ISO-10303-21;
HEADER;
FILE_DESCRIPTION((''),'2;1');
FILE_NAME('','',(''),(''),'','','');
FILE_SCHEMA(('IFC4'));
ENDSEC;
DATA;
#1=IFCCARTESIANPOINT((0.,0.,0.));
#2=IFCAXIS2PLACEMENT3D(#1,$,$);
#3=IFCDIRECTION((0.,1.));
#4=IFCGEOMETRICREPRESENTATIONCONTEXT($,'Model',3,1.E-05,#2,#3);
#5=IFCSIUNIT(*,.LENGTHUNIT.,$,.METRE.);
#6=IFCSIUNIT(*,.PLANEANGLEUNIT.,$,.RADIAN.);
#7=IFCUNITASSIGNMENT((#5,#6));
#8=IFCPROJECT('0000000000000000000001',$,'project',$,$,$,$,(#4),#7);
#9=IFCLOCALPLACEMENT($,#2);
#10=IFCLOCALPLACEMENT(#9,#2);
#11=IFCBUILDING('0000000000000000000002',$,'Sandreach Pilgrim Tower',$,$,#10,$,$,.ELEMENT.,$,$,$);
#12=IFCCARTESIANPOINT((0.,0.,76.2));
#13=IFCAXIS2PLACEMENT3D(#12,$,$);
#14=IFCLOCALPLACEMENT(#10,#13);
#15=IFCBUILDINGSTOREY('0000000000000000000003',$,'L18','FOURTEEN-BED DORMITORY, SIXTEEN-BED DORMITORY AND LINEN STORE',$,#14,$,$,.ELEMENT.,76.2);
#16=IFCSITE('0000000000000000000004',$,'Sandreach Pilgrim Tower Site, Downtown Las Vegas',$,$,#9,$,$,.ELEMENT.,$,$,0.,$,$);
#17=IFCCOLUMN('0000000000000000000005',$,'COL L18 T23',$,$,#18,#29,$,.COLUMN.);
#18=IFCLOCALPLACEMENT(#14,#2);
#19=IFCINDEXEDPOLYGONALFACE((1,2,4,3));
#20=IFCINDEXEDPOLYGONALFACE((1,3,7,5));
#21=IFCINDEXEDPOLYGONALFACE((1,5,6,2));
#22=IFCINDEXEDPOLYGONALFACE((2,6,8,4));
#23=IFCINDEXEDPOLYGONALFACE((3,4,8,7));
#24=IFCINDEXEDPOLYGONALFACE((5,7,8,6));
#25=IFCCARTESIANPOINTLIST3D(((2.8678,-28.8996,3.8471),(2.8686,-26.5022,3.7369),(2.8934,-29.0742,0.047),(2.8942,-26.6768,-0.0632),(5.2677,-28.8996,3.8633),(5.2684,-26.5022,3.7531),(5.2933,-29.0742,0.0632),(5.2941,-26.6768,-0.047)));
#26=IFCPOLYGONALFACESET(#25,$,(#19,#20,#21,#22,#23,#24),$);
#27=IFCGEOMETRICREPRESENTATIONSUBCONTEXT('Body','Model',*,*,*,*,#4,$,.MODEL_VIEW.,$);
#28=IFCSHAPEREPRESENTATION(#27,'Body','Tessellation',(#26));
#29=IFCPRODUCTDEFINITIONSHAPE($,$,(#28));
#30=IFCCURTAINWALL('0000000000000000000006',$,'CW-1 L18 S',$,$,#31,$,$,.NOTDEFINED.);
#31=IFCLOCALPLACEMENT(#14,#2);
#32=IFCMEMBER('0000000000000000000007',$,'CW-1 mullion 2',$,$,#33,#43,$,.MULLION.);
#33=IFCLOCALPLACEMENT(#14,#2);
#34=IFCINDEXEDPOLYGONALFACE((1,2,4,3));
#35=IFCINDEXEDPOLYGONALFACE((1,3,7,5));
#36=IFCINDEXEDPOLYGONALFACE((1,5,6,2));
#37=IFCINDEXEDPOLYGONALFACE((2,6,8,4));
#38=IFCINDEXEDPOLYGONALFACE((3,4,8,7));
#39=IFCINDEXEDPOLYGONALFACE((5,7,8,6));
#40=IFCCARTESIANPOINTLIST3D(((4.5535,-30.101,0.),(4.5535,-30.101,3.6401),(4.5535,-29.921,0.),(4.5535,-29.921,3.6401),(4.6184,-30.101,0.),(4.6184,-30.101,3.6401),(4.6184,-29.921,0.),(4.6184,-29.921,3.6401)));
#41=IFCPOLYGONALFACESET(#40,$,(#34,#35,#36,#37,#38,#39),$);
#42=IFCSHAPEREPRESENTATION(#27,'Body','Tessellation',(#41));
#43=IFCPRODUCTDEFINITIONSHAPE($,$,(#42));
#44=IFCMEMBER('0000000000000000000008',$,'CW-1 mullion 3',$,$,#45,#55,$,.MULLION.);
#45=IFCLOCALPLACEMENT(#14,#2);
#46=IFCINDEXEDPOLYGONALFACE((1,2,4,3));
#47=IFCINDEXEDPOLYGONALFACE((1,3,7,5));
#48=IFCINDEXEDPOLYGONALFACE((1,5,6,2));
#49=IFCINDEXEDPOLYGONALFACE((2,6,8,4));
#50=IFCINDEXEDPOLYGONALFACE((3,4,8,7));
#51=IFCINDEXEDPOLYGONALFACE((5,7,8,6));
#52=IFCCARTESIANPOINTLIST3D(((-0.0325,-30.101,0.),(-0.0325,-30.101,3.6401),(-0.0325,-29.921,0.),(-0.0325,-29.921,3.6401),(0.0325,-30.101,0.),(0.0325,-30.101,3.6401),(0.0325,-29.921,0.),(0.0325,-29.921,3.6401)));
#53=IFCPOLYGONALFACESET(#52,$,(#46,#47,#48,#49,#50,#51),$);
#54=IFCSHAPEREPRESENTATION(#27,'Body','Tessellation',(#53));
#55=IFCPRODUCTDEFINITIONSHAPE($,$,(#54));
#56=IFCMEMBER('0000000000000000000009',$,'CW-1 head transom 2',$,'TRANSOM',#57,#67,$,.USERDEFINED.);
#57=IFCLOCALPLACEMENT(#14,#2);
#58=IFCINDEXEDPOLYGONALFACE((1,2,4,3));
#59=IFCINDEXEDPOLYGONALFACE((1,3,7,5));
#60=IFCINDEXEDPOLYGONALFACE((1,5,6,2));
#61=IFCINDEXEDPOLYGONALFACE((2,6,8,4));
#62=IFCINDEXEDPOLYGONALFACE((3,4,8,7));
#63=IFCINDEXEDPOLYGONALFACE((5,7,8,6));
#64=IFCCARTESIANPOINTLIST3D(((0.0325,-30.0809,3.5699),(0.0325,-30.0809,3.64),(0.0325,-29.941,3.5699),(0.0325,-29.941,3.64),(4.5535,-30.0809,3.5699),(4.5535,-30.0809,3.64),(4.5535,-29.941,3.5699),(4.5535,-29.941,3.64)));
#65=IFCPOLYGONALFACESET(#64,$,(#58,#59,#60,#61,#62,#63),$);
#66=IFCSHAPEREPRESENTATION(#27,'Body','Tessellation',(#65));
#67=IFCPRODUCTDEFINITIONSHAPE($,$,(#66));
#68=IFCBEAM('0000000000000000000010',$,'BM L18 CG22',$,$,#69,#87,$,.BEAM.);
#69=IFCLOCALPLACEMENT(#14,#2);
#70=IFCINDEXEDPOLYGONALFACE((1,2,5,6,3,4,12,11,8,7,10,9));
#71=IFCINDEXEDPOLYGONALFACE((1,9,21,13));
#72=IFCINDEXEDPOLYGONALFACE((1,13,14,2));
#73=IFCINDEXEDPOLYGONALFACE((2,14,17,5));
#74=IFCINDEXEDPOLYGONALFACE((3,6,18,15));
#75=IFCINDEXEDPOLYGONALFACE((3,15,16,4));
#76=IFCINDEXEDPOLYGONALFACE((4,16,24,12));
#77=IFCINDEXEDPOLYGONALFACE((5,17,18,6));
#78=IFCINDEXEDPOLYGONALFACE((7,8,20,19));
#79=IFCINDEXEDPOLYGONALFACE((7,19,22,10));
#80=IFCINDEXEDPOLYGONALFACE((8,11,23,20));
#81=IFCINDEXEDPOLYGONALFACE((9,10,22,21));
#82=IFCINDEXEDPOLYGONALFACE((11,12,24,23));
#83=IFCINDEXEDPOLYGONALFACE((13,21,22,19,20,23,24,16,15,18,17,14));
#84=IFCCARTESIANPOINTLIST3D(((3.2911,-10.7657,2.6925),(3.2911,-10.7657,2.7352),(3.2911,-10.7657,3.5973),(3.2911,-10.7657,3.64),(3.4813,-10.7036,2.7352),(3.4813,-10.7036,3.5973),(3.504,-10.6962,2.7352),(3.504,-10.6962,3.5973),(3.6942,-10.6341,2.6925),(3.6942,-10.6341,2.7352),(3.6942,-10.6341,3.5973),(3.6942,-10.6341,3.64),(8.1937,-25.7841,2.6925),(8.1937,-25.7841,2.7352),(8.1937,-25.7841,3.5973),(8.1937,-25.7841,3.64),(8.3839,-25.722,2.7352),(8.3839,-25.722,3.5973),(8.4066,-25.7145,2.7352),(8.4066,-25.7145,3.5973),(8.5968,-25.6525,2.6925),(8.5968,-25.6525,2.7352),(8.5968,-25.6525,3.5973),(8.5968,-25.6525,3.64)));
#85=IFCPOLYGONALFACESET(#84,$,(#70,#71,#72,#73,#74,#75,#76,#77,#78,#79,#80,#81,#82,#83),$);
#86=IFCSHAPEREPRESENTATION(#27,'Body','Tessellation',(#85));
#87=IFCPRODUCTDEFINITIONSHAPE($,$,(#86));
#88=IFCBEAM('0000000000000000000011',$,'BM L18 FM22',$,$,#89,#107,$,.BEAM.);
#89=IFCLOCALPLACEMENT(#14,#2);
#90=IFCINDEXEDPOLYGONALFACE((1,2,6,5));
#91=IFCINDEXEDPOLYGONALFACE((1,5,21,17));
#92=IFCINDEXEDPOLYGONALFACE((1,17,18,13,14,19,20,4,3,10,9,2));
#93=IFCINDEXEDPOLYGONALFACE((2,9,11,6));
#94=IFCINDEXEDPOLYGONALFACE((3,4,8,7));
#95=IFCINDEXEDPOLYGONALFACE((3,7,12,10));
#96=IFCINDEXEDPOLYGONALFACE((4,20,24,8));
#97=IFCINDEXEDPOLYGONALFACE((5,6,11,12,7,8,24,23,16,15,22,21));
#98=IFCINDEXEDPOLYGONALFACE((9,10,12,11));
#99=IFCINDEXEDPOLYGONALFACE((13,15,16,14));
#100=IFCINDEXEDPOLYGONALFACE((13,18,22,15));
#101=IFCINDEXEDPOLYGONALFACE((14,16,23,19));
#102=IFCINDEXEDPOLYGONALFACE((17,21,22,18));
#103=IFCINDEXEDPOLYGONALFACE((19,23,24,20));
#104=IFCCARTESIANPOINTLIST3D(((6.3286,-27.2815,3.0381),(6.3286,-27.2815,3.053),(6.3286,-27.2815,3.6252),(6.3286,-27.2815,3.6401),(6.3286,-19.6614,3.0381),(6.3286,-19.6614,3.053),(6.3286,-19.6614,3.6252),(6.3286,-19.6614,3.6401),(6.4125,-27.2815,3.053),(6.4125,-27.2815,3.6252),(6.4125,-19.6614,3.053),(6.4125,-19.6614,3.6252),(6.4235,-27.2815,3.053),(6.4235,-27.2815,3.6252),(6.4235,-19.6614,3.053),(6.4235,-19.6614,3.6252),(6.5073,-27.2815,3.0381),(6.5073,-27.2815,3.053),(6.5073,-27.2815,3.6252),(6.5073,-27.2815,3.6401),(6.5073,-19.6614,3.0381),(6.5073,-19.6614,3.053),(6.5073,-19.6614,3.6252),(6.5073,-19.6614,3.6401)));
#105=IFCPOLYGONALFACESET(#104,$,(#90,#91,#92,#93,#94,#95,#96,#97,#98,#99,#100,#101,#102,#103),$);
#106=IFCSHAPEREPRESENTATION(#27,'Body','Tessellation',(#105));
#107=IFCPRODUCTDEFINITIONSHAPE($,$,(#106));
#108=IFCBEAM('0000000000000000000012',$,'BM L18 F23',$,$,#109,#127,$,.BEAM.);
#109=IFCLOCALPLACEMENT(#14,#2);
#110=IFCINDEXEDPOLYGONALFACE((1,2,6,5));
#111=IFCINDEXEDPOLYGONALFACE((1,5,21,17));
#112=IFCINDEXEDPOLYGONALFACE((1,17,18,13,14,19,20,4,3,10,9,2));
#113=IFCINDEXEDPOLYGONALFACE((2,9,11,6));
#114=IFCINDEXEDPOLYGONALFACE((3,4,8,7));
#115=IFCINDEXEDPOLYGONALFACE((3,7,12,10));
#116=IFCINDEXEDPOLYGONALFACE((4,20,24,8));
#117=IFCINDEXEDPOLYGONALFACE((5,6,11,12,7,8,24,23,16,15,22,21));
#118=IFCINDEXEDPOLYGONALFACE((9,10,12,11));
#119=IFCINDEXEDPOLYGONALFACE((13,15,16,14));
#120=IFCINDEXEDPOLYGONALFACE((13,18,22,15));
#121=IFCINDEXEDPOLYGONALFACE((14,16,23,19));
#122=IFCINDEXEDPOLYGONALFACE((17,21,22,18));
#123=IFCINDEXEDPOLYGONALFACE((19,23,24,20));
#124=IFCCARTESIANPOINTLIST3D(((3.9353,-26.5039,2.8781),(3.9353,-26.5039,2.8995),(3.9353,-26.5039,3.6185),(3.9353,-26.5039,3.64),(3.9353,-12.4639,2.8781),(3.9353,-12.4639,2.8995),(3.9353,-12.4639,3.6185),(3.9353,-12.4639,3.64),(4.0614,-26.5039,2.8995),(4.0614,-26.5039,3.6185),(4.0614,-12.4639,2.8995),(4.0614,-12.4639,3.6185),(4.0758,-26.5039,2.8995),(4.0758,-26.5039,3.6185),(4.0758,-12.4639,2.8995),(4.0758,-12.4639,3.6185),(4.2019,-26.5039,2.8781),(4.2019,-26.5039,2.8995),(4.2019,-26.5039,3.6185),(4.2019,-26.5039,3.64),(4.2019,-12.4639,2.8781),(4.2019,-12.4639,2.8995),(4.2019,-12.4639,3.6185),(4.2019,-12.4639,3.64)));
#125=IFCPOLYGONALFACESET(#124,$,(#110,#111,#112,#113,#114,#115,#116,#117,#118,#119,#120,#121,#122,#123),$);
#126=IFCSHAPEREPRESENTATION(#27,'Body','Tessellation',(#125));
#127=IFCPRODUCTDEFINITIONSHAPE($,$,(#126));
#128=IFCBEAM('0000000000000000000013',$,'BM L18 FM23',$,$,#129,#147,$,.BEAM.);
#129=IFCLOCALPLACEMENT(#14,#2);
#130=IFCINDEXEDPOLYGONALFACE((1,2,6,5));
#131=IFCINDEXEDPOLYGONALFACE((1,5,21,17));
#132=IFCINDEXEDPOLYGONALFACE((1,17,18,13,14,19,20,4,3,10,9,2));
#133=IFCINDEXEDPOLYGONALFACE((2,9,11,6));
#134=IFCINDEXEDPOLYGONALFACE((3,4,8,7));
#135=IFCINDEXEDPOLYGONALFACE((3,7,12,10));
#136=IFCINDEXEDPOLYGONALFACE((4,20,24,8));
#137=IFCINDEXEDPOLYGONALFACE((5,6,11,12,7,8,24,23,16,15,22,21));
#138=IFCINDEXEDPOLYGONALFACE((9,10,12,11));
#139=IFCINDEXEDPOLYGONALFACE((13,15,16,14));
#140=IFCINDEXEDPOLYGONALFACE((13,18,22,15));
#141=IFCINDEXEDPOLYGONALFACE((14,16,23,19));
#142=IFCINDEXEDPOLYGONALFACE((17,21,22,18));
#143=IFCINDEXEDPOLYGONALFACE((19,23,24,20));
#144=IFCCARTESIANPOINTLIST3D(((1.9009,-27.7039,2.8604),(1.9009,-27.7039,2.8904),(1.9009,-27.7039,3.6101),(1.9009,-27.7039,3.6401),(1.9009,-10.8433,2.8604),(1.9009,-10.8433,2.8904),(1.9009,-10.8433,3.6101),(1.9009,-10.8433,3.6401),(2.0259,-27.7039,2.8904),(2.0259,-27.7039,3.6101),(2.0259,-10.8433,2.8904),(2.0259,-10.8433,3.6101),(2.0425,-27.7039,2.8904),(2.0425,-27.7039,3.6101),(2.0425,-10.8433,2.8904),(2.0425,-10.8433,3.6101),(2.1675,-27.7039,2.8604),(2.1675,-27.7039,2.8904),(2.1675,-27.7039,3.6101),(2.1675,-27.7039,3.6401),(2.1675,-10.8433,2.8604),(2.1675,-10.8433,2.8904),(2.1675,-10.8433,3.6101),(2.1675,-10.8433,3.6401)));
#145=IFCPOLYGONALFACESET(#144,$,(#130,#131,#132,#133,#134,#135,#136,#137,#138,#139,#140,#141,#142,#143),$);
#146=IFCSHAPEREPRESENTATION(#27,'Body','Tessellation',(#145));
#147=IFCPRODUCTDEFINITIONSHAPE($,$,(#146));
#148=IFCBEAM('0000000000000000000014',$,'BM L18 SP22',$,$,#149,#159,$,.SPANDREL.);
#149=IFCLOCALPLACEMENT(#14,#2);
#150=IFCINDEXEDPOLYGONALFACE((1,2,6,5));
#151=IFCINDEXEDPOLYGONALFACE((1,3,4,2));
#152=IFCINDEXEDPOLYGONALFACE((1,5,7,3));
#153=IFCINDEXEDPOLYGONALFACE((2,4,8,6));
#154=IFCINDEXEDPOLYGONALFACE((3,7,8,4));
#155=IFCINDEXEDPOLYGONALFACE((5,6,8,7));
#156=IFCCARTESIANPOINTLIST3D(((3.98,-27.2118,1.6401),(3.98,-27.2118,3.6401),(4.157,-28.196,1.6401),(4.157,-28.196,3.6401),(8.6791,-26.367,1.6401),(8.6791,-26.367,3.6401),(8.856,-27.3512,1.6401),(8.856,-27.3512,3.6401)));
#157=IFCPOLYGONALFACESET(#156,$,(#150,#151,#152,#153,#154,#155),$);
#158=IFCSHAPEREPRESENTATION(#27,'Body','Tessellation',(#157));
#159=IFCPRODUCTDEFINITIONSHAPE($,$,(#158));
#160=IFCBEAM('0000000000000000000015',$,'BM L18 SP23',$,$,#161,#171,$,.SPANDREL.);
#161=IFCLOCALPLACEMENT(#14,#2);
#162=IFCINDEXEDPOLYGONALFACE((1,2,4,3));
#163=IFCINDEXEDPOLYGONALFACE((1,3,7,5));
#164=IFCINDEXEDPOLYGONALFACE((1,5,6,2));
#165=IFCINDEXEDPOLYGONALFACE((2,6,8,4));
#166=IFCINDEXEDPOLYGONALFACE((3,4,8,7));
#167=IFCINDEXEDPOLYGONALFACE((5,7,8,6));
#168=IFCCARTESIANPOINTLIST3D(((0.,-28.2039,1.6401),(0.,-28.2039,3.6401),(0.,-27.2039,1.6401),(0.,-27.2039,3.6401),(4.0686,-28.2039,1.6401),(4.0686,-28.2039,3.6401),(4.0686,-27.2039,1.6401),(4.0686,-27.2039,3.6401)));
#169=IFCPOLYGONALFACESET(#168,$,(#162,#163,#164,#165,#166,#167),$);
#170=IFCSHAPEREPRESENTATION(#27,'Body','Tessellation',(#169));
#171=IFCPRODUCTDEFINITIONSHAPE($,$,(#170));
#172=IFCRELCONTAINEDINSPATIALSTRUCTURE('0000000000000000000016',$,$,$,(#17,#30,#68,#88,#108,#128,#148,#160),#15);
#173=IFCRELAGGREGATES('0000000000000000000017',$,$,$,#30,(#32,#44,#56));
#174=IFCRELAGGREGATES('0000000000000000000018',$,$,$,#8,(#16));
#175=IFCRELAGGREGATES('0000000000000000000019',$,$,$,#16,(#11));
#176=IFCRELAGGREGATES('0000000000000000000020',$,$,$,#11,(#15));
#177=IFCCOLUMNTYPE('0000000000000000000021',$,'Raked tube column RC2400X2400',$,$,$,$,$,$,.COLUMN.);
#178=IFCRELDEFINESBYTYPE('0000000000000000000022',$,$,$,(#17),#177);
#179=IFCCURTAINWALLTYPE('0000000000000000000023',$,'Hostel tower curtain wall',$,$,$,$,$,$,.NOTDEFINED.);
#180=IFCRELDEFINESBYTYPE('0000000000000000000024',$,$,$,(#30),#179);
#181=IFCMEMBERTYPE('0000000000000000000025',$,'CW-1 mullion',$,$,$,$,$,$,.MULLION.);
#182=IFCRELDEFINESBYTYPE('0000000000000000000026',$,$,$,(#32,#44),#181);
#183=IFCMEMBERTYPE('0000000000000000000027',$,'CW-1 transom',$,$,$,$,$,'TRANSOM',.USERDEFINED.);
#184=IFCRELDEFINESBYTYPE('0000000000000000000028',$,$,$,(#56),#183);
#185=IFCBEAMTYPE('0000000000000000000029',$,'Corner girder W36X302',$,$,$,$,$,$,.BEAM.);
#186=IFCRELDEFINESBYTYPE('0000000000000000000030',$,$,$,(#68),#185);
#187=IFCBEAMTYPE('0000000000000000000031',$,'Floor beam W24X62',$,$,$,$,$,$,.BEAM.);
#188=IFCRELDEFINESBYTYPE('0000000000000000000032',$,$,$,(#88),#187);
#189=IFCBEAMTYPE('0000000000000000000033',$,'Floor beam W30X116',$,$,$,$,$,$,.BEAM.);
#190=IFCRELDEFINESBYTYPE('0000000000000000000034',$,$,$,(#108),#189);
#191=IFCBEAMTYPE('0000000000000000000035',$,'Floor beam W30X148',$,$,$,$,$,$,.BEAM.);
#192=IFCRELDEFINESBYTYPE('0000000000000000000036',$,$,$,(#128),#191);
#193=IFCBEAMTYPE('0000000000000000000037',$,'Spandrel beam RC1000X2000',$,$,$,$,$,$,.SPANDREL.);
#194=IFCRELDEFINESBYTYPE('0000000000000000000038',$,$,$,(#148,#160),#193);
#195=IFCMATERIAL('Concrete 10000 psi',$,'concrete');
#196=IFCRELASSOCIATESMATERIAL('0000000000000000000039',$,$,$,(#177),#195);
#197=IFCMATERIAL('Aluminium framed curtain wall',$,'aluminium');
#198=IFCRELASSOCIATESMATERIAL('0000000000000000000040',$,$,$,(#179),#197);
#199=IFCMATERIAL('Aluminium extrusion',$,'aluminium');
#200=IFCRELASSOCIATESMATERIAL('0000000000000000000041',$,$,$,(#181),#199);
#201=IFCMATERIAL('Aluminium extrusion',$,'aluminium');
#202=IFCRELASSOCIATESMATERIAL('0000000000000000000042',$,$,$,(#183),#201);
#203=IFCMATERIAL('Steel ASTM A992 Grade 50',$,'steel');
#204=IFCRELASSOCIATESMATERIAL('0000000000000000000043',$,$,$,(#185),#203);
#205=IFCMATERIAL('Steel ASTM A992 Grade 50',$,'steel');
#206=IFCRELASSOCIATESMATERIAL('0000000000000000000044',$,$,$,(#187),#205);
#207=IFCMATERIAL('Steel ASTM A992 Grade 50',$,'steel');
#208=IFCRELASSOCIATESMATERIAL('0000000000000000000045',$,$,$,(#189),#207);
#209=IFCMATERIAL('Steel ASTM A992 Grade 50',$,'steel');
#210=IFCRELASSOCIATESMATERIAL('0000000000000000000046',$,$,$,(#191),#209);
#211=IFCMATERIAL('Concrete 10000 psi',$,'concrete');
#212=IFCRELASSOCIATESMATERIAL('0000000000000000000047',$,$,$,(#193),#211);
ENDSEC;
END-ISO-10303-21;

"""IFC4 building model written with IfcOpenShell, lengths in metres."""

from ifc_helpers import new_model, si_unit, direction, frame, origin, origin_2d, place, context, subcontext, project, spatial, rectangle, i_section, extrude, material, material_profile, profile_set, type_object, element, aggregate, save


model = new_model("IFC4")

# Units and contexts
model_context = context("Model", 3, precision=1e-05, world=origin(), true_north=direction((0.0, 1.0)))
body_context = subcontext(model_context, "Body", "Model", "MODEL_VIEW")
ifc_project = project(units=[si_unit("LENGTHUNIT", "METRE"), si_unit("PLANEANGLEUNIT", "RADIAN")], contexts=[model_context])

# Site, building, storey
site_placement = place(None, origin())
site = spatial("IfcSite", under=ifc_project, at=site_placement, Name="Sandreach Pilgrim Tower Site, Downtown Las Vegas", CompositionType="ELEMENT", RefElevation=0.0)
building_placement = place(site_placement, origin())
building = spatial("IfcBuilding", under=site, at=building_placement, Name="Sandreach Pilgrim Tower", CompositionType="ELEMENT")
storey_placement = place(building_placement, frame((0.0, 0.0, 76.2)))
storey = spatial("IfcBuildingStorey", under=building, at=storey_placement, Name="L18", Description="FOURTEEN-BED DORMITORY, SIXTEEN-BED DORMITORY AND LINEN STORE", CompositionType="ELEMENT", Elevation=76.2)

# Column
ifc_material_1 = material(Name="Concrete 10000 psi", Category="concrete")
ifc_material_profile_1 = material_profile(ifc_material_1, rectangle(XDim=2.3999, YDim=2.3999, at=origin_2d()), Name="RC2400X2400")
ifc_profile_set_1 = profile_set([ifc_material_profile_1], Name="Concrete 10000 psi")
column_type = type_object("IfcColumnType", Name="Raked tube column RC2400X2400", PredefinedType="COLUMN", material=ifc_profile_set_1)
column_placement = place(storey_placement, frame((4.0938, -27.8755, 0.0), z_axis=(-0.006739, 0.045887, 0.998924), x_axis=(-0.000315, -0.998947, 0.045886)))
element("IfcColumn", 1, at=column_placement, inside=storey, type_object=column_type, Name="COL L18 T23", PredefinedType="COLUMN", context=body_context, shape_type="SweptSolid", body=[
    extrude(rectangle(XDim=2.3999, YDim=2.3999, at=origin_2d()), origin(), (0.0, 0.0, 1.0), 3.8042),
])

# Curtain wall, members
ifc_material_2 = material(Name="Aluminium framed curtain wall", Category="aluminium")
curtain_wall_type = type_object("IfcCurtainWallType", Name="Hostel tower curtain wall", PredefinedType="NOTDEFINED", material=ifc_material_2)
curtain_wall_placement = place(storey_placement, origin())
curtain_wall = element("IfcCurtainWall", 2, at=curtain_wall_placement, inside=storey, type_object=curtain_wall_type, Name="CW-1 L18 S", PredefinedType="NOTDEFINED")
ifc_material_3 = material(Name="Aluminium extrusion", Category="aluminium")
ifc_material_profile_2 = material_profile(ifc_material_3, rectangle(XDim=0.0649, YDim=0.1799, at=origin_2d()), Name="CW-1M 65X180")
ifc_profile_set_2 = profile_set([ifc_material_profile_2], Name="Aluminium extrusion")
member_type_1 = type_object("IfcMemberType", Name="CW-1 mullion", PredefinedType="MULLION", material=ifc_profile_set_2)
member_1_placement = place(storey_placement, frame((4.5859, -30.011, 0.0), z_axis=(0.0, 0.0, 1.0), x_axis=(-1.0, 0.0, 0.0)))
member_1 = element("IfcMember", 3, at=member_1_placement, type_object=member_type_1, Name="CW-1 mullion 2", PredefinedType="MULLION", context=body_context, shape_type="SweptSolid", body=[
    extrude(rectangle(XDim=0.0649, YDim=0.1799, at=origin_2d()), origin(), (0.0, 0.0, 1.0), 3.6401),
])
member_2_placement = place(storey_placement, frame((0.0, -30.011, 0.0), z_axis=(0.0, 0.0, 1.0), x_axis=(-1.0, 0.0, 0.0)))
member_2 = element("IfcMember", 4, at=member_2_placement, type_object=member_type_1, Name="CW-1 mullion 3", PredefinedType="MULLION", context=body_context, shape_type="SweptSolid", body=[
    extrude(rectangle(XDim=0.0649, YDim=0.1799, at=origin_2d()), origin(), (0.0, 0.0, 1.0), 3.6401),
])
ifc_material_4 = material(Name="Aluminium extrusion", Category="aluminium")
ifc_material_profile_3 = material_profile(ifc_material_4, rectangle(XDim=0.1399, YDim=0.0701, at=origin_2d()), Name="CW-1T 140X70")
ifc_profile_set_3 = profile_set([ifc_material_profile_3], Name="Aluminium extrusion")
member_type_2 = type_object("IfcMemberType", Name="CW-1 transom", ElementType="TRANSOM", PredefinedType="USERDEFINED", material=ifc_profile_set_3)
member_3_placement = place(storey_placement, frame((4.5535, -30.011, 3.605), z_axis=(-1.0, 0.0, 0.0), x_axis=(0.0, -1.0, 0.0)))
member_3 = element("IfcMember", 5, at=member_3_placement, type_object=member_type_2, Name="CW-1 head transom 2", ObjectType="TRANSOM", PredefinedType="USERDEFINED", context=body_context, shape_type="SweptSolid", body=[
    extrude(rectangle(XDim=0.1399, YDim=0.0701, at=origin_2d()), origin(), (0.0, 0.0, 1.0), 4.521),
])

# Beams
ifc_material_5 = material(Name="Steel ASTM A992 Grade 50", Category="steel")
ifc_material_profile_4 = material_profile(ifc_material_5, i_section(OverallWidth=0.4241, OverallDepth=0.9475, WebThickness=0.0239, FlangeThickness=0.0427, at=origin_2d()), Name="W36X302")
ifc_profile_set_4 = profile_set([ifc_material_profile_4], Name="Steel ASTM A992 Grade 50")
beam_type_1 = type_object("IfcBeamType", Name="Corner girder W36X302", PredefinedType="BEAM", material=ifc_profile_set_4)
beam_1_placement = place(storey_placement, frame((8.3953, -25.7183, 3.1663), z_axis=(-0.310325, 0.950631, 0.0), x_axis=(-0.950631, -0.310325, 0.0)))
element("IfcBeam", 6, at=beam_1_placement, inside=storey, type_object=beam_type_1, Name="BM L18 CG22", PredefinedType="BEAM", context=body_context, shape_type="SweptSolid", body=[
    extrude(i_section(OverallWidth=0.4241, OverallDepth=0.9475, WebThickness=0.0239, FlangeThickness=0.0427, at=origin_2d()), origin(), (0.0, 0.0, 1.0), 15.7983),
])
ifc_material_6 = material(Name="Steel ASTM A992 Grade 50", Category="steel")
ifc_material_profile_5 = material_profile(ifc_material_6, i_section(OverallWidth=0.1787, OverallDepth=0.6021, WebThickness=0.011, FlangeThickness=0.0149, at=origin_2d()), Name="W24X62")
ifc_profile_set_5 = profile_set([ifc_material_profile_5], Name="Steel ASTM A992 Grade 50")
beam_type_2 = type_object("IfcBeamType", Name="Floor beam W24X62", PredefinedType="BEAM", material=ifc_profile_set_5)
beam_2_placement = place(storey_placement, frame((6.418, -27.2815, 3.3391), z_axis=(0.0, 1.0, 0.0), x_axis=(-1.0, 0.0, 0.0)))
element("IfcBeam", 7, at=beam_2_placement, inside=storey, type_object=beam_type_2, Name="BM L18 FM22", PredefinedType="BEAM", context=body_context, shape_type="SweptSolid", body=[
    extrude(i_section(OverallWidth=0.1787, OverallDepth=0.6021, WebThickness=0.011, FlangeThickness=0.0149, at=origin_2d()), origin(), (0.0, 0.0, 1.0), 7.6201),
])
ifc_material_7 = material(Name="Steel ASTM A992 Grade 50", Category="steel")
ifc_material_profile_6 = material_profile(ifc_material_7, i_section(OverallWidth=0.2666, OverallDepth=0.762, WebThickness=0.0144, FlangeThickness=0.0215, at=origin_2d()), Name="W30X116")
ifc_profile_set_6 = profile_set([ifc_material_profile_6], Name="Steel ASTM A992 Grade 50")
beam_type_3 = type_object("IfcBeamType", Name="Floor beam W30X116", PredefinedType="BEAM", material=ifc_profile_set_6)
beam_3_placement = place(storey_placement, frame((4.0686, -26.5039, 3.259), z_axis=(0.0, 1.0, 0.0), x_axis=(-1.0, 0.0, 0.0)))
element("IfcBeam", 8, at=beam_3_placement, inside=storey, type_object=beam_type_3, Name="BM L18 F23", PredefinedType="BEAM", context=body_context, shape_type="SweptSolid", body=[
    extrude(i_section(OverallWidth=0.2666, OverallDepth=0.762, WebThickness=0.0144, FlangeThickness=0.0215, at=origin_2d()), origin(), (0.0, 0.0, 1.0), 14.04),
])
ifc_material_8 = material(Name="Steel ASTM A992 Grade 50", Category="steel")
ifc_material_profile_7 = material_profile(ifc_material_8, i_section(OverallWidth=0.2666, OverallDepth=0.7798, WebThickness=0.0166, FlangeThickness=0.03, at=origin_2d()), Name="W30X148")
ifc_profile_set_7 = profile_set([ifc_material_profile_7], Name="Steel ASTM A992 Grade 50")
beam_type_4 = type_object("IfcBeamType", Name="Floor beam W30X148", PredefinedType="BEAM", material=ifc_profile_set_7)
beam_4_placement = place(storey_placement, frame((2.0342, -27.7039, 3.2502), z_axis=(0.0, 1.0, 0.0), x_axis=(-1.0, 0.0, 0.0)))
element("IfcBeam", 9, at=beam_4_placement, inside=storey, type_object=beam_type_4, Name="BM L18 FM23", PredefinedType="BEAM", context=body_context, shape_type="SweptSolid", body=[
    extrude(i_section(OverallWidth=0.2666, OverallDepth=0.7798, WebThickness=0.0166, FlangeThickness=0.03, at=origin_2d()), origin(), (0.0, 0.0, 1.0), 16.8606),
])
ifc_material_9 = material(Name="Concrete 10000 psi", Category="concrete")
ifc_material_profile_8 = material_profile(ifc_material_9, rectangle(XDim=1.0, YDim=2.0, at=origin_2d()), Name="RC1000X2000")
ifc_profile_set_8 = profile_set([ifc_material_profile_8], Name="Concrete 10000 psi")
beam_type_5 = type_object("IfcBeamType", Name="Spandrel beam RC1000X2000", PredefinedType="SPANDREL", material=ifc_profile_set_8)
beam_5_placement = place(storey_placement, frame((8.7676, -26.8591, 2.6401), z_axis=(-0.984223, -0.176932, 0.0), x_axis=(0.176932, -0.984223, 0.0)))
element("IfcBeam", 10, at=beam_5_placement, inside=storey, type_object=beam_type_5, Name="BM L18 SP22", PredefinedType="SPANDREL", context=body_context, shape_type="SweptSolid", body=[
    extrude(rectangle(XDim=1.0, YDim=2.0, at=origin_2d()), origin(), (0.0, 0.0, 1.0), 4.7744),
])
beam_6_placement = place(storey_placement, frame((4.0686, -27.7039, 2.6401), z_axis=(-1.0, 0.0, 0.0), x_axis=(0.0, -1.0, 0.0)))
element("IfcBeam", 11, at=beam_6_placement, inside=storey, type_object=beam_type_5, Name="BM L18 SP23", PredefinedType="SPANDREL", context=body_context, shape_type="SweptSolid", body=[
    extrude(rectangle(XDim=1.0, YDim=2.0, at=origin_2d()), origin(), (0.0, 0.0, 1.0), 4.0686),
])

aggregate(curtain_wall, [member_1, member_2, member_3])

save(model, "model.ifc")
